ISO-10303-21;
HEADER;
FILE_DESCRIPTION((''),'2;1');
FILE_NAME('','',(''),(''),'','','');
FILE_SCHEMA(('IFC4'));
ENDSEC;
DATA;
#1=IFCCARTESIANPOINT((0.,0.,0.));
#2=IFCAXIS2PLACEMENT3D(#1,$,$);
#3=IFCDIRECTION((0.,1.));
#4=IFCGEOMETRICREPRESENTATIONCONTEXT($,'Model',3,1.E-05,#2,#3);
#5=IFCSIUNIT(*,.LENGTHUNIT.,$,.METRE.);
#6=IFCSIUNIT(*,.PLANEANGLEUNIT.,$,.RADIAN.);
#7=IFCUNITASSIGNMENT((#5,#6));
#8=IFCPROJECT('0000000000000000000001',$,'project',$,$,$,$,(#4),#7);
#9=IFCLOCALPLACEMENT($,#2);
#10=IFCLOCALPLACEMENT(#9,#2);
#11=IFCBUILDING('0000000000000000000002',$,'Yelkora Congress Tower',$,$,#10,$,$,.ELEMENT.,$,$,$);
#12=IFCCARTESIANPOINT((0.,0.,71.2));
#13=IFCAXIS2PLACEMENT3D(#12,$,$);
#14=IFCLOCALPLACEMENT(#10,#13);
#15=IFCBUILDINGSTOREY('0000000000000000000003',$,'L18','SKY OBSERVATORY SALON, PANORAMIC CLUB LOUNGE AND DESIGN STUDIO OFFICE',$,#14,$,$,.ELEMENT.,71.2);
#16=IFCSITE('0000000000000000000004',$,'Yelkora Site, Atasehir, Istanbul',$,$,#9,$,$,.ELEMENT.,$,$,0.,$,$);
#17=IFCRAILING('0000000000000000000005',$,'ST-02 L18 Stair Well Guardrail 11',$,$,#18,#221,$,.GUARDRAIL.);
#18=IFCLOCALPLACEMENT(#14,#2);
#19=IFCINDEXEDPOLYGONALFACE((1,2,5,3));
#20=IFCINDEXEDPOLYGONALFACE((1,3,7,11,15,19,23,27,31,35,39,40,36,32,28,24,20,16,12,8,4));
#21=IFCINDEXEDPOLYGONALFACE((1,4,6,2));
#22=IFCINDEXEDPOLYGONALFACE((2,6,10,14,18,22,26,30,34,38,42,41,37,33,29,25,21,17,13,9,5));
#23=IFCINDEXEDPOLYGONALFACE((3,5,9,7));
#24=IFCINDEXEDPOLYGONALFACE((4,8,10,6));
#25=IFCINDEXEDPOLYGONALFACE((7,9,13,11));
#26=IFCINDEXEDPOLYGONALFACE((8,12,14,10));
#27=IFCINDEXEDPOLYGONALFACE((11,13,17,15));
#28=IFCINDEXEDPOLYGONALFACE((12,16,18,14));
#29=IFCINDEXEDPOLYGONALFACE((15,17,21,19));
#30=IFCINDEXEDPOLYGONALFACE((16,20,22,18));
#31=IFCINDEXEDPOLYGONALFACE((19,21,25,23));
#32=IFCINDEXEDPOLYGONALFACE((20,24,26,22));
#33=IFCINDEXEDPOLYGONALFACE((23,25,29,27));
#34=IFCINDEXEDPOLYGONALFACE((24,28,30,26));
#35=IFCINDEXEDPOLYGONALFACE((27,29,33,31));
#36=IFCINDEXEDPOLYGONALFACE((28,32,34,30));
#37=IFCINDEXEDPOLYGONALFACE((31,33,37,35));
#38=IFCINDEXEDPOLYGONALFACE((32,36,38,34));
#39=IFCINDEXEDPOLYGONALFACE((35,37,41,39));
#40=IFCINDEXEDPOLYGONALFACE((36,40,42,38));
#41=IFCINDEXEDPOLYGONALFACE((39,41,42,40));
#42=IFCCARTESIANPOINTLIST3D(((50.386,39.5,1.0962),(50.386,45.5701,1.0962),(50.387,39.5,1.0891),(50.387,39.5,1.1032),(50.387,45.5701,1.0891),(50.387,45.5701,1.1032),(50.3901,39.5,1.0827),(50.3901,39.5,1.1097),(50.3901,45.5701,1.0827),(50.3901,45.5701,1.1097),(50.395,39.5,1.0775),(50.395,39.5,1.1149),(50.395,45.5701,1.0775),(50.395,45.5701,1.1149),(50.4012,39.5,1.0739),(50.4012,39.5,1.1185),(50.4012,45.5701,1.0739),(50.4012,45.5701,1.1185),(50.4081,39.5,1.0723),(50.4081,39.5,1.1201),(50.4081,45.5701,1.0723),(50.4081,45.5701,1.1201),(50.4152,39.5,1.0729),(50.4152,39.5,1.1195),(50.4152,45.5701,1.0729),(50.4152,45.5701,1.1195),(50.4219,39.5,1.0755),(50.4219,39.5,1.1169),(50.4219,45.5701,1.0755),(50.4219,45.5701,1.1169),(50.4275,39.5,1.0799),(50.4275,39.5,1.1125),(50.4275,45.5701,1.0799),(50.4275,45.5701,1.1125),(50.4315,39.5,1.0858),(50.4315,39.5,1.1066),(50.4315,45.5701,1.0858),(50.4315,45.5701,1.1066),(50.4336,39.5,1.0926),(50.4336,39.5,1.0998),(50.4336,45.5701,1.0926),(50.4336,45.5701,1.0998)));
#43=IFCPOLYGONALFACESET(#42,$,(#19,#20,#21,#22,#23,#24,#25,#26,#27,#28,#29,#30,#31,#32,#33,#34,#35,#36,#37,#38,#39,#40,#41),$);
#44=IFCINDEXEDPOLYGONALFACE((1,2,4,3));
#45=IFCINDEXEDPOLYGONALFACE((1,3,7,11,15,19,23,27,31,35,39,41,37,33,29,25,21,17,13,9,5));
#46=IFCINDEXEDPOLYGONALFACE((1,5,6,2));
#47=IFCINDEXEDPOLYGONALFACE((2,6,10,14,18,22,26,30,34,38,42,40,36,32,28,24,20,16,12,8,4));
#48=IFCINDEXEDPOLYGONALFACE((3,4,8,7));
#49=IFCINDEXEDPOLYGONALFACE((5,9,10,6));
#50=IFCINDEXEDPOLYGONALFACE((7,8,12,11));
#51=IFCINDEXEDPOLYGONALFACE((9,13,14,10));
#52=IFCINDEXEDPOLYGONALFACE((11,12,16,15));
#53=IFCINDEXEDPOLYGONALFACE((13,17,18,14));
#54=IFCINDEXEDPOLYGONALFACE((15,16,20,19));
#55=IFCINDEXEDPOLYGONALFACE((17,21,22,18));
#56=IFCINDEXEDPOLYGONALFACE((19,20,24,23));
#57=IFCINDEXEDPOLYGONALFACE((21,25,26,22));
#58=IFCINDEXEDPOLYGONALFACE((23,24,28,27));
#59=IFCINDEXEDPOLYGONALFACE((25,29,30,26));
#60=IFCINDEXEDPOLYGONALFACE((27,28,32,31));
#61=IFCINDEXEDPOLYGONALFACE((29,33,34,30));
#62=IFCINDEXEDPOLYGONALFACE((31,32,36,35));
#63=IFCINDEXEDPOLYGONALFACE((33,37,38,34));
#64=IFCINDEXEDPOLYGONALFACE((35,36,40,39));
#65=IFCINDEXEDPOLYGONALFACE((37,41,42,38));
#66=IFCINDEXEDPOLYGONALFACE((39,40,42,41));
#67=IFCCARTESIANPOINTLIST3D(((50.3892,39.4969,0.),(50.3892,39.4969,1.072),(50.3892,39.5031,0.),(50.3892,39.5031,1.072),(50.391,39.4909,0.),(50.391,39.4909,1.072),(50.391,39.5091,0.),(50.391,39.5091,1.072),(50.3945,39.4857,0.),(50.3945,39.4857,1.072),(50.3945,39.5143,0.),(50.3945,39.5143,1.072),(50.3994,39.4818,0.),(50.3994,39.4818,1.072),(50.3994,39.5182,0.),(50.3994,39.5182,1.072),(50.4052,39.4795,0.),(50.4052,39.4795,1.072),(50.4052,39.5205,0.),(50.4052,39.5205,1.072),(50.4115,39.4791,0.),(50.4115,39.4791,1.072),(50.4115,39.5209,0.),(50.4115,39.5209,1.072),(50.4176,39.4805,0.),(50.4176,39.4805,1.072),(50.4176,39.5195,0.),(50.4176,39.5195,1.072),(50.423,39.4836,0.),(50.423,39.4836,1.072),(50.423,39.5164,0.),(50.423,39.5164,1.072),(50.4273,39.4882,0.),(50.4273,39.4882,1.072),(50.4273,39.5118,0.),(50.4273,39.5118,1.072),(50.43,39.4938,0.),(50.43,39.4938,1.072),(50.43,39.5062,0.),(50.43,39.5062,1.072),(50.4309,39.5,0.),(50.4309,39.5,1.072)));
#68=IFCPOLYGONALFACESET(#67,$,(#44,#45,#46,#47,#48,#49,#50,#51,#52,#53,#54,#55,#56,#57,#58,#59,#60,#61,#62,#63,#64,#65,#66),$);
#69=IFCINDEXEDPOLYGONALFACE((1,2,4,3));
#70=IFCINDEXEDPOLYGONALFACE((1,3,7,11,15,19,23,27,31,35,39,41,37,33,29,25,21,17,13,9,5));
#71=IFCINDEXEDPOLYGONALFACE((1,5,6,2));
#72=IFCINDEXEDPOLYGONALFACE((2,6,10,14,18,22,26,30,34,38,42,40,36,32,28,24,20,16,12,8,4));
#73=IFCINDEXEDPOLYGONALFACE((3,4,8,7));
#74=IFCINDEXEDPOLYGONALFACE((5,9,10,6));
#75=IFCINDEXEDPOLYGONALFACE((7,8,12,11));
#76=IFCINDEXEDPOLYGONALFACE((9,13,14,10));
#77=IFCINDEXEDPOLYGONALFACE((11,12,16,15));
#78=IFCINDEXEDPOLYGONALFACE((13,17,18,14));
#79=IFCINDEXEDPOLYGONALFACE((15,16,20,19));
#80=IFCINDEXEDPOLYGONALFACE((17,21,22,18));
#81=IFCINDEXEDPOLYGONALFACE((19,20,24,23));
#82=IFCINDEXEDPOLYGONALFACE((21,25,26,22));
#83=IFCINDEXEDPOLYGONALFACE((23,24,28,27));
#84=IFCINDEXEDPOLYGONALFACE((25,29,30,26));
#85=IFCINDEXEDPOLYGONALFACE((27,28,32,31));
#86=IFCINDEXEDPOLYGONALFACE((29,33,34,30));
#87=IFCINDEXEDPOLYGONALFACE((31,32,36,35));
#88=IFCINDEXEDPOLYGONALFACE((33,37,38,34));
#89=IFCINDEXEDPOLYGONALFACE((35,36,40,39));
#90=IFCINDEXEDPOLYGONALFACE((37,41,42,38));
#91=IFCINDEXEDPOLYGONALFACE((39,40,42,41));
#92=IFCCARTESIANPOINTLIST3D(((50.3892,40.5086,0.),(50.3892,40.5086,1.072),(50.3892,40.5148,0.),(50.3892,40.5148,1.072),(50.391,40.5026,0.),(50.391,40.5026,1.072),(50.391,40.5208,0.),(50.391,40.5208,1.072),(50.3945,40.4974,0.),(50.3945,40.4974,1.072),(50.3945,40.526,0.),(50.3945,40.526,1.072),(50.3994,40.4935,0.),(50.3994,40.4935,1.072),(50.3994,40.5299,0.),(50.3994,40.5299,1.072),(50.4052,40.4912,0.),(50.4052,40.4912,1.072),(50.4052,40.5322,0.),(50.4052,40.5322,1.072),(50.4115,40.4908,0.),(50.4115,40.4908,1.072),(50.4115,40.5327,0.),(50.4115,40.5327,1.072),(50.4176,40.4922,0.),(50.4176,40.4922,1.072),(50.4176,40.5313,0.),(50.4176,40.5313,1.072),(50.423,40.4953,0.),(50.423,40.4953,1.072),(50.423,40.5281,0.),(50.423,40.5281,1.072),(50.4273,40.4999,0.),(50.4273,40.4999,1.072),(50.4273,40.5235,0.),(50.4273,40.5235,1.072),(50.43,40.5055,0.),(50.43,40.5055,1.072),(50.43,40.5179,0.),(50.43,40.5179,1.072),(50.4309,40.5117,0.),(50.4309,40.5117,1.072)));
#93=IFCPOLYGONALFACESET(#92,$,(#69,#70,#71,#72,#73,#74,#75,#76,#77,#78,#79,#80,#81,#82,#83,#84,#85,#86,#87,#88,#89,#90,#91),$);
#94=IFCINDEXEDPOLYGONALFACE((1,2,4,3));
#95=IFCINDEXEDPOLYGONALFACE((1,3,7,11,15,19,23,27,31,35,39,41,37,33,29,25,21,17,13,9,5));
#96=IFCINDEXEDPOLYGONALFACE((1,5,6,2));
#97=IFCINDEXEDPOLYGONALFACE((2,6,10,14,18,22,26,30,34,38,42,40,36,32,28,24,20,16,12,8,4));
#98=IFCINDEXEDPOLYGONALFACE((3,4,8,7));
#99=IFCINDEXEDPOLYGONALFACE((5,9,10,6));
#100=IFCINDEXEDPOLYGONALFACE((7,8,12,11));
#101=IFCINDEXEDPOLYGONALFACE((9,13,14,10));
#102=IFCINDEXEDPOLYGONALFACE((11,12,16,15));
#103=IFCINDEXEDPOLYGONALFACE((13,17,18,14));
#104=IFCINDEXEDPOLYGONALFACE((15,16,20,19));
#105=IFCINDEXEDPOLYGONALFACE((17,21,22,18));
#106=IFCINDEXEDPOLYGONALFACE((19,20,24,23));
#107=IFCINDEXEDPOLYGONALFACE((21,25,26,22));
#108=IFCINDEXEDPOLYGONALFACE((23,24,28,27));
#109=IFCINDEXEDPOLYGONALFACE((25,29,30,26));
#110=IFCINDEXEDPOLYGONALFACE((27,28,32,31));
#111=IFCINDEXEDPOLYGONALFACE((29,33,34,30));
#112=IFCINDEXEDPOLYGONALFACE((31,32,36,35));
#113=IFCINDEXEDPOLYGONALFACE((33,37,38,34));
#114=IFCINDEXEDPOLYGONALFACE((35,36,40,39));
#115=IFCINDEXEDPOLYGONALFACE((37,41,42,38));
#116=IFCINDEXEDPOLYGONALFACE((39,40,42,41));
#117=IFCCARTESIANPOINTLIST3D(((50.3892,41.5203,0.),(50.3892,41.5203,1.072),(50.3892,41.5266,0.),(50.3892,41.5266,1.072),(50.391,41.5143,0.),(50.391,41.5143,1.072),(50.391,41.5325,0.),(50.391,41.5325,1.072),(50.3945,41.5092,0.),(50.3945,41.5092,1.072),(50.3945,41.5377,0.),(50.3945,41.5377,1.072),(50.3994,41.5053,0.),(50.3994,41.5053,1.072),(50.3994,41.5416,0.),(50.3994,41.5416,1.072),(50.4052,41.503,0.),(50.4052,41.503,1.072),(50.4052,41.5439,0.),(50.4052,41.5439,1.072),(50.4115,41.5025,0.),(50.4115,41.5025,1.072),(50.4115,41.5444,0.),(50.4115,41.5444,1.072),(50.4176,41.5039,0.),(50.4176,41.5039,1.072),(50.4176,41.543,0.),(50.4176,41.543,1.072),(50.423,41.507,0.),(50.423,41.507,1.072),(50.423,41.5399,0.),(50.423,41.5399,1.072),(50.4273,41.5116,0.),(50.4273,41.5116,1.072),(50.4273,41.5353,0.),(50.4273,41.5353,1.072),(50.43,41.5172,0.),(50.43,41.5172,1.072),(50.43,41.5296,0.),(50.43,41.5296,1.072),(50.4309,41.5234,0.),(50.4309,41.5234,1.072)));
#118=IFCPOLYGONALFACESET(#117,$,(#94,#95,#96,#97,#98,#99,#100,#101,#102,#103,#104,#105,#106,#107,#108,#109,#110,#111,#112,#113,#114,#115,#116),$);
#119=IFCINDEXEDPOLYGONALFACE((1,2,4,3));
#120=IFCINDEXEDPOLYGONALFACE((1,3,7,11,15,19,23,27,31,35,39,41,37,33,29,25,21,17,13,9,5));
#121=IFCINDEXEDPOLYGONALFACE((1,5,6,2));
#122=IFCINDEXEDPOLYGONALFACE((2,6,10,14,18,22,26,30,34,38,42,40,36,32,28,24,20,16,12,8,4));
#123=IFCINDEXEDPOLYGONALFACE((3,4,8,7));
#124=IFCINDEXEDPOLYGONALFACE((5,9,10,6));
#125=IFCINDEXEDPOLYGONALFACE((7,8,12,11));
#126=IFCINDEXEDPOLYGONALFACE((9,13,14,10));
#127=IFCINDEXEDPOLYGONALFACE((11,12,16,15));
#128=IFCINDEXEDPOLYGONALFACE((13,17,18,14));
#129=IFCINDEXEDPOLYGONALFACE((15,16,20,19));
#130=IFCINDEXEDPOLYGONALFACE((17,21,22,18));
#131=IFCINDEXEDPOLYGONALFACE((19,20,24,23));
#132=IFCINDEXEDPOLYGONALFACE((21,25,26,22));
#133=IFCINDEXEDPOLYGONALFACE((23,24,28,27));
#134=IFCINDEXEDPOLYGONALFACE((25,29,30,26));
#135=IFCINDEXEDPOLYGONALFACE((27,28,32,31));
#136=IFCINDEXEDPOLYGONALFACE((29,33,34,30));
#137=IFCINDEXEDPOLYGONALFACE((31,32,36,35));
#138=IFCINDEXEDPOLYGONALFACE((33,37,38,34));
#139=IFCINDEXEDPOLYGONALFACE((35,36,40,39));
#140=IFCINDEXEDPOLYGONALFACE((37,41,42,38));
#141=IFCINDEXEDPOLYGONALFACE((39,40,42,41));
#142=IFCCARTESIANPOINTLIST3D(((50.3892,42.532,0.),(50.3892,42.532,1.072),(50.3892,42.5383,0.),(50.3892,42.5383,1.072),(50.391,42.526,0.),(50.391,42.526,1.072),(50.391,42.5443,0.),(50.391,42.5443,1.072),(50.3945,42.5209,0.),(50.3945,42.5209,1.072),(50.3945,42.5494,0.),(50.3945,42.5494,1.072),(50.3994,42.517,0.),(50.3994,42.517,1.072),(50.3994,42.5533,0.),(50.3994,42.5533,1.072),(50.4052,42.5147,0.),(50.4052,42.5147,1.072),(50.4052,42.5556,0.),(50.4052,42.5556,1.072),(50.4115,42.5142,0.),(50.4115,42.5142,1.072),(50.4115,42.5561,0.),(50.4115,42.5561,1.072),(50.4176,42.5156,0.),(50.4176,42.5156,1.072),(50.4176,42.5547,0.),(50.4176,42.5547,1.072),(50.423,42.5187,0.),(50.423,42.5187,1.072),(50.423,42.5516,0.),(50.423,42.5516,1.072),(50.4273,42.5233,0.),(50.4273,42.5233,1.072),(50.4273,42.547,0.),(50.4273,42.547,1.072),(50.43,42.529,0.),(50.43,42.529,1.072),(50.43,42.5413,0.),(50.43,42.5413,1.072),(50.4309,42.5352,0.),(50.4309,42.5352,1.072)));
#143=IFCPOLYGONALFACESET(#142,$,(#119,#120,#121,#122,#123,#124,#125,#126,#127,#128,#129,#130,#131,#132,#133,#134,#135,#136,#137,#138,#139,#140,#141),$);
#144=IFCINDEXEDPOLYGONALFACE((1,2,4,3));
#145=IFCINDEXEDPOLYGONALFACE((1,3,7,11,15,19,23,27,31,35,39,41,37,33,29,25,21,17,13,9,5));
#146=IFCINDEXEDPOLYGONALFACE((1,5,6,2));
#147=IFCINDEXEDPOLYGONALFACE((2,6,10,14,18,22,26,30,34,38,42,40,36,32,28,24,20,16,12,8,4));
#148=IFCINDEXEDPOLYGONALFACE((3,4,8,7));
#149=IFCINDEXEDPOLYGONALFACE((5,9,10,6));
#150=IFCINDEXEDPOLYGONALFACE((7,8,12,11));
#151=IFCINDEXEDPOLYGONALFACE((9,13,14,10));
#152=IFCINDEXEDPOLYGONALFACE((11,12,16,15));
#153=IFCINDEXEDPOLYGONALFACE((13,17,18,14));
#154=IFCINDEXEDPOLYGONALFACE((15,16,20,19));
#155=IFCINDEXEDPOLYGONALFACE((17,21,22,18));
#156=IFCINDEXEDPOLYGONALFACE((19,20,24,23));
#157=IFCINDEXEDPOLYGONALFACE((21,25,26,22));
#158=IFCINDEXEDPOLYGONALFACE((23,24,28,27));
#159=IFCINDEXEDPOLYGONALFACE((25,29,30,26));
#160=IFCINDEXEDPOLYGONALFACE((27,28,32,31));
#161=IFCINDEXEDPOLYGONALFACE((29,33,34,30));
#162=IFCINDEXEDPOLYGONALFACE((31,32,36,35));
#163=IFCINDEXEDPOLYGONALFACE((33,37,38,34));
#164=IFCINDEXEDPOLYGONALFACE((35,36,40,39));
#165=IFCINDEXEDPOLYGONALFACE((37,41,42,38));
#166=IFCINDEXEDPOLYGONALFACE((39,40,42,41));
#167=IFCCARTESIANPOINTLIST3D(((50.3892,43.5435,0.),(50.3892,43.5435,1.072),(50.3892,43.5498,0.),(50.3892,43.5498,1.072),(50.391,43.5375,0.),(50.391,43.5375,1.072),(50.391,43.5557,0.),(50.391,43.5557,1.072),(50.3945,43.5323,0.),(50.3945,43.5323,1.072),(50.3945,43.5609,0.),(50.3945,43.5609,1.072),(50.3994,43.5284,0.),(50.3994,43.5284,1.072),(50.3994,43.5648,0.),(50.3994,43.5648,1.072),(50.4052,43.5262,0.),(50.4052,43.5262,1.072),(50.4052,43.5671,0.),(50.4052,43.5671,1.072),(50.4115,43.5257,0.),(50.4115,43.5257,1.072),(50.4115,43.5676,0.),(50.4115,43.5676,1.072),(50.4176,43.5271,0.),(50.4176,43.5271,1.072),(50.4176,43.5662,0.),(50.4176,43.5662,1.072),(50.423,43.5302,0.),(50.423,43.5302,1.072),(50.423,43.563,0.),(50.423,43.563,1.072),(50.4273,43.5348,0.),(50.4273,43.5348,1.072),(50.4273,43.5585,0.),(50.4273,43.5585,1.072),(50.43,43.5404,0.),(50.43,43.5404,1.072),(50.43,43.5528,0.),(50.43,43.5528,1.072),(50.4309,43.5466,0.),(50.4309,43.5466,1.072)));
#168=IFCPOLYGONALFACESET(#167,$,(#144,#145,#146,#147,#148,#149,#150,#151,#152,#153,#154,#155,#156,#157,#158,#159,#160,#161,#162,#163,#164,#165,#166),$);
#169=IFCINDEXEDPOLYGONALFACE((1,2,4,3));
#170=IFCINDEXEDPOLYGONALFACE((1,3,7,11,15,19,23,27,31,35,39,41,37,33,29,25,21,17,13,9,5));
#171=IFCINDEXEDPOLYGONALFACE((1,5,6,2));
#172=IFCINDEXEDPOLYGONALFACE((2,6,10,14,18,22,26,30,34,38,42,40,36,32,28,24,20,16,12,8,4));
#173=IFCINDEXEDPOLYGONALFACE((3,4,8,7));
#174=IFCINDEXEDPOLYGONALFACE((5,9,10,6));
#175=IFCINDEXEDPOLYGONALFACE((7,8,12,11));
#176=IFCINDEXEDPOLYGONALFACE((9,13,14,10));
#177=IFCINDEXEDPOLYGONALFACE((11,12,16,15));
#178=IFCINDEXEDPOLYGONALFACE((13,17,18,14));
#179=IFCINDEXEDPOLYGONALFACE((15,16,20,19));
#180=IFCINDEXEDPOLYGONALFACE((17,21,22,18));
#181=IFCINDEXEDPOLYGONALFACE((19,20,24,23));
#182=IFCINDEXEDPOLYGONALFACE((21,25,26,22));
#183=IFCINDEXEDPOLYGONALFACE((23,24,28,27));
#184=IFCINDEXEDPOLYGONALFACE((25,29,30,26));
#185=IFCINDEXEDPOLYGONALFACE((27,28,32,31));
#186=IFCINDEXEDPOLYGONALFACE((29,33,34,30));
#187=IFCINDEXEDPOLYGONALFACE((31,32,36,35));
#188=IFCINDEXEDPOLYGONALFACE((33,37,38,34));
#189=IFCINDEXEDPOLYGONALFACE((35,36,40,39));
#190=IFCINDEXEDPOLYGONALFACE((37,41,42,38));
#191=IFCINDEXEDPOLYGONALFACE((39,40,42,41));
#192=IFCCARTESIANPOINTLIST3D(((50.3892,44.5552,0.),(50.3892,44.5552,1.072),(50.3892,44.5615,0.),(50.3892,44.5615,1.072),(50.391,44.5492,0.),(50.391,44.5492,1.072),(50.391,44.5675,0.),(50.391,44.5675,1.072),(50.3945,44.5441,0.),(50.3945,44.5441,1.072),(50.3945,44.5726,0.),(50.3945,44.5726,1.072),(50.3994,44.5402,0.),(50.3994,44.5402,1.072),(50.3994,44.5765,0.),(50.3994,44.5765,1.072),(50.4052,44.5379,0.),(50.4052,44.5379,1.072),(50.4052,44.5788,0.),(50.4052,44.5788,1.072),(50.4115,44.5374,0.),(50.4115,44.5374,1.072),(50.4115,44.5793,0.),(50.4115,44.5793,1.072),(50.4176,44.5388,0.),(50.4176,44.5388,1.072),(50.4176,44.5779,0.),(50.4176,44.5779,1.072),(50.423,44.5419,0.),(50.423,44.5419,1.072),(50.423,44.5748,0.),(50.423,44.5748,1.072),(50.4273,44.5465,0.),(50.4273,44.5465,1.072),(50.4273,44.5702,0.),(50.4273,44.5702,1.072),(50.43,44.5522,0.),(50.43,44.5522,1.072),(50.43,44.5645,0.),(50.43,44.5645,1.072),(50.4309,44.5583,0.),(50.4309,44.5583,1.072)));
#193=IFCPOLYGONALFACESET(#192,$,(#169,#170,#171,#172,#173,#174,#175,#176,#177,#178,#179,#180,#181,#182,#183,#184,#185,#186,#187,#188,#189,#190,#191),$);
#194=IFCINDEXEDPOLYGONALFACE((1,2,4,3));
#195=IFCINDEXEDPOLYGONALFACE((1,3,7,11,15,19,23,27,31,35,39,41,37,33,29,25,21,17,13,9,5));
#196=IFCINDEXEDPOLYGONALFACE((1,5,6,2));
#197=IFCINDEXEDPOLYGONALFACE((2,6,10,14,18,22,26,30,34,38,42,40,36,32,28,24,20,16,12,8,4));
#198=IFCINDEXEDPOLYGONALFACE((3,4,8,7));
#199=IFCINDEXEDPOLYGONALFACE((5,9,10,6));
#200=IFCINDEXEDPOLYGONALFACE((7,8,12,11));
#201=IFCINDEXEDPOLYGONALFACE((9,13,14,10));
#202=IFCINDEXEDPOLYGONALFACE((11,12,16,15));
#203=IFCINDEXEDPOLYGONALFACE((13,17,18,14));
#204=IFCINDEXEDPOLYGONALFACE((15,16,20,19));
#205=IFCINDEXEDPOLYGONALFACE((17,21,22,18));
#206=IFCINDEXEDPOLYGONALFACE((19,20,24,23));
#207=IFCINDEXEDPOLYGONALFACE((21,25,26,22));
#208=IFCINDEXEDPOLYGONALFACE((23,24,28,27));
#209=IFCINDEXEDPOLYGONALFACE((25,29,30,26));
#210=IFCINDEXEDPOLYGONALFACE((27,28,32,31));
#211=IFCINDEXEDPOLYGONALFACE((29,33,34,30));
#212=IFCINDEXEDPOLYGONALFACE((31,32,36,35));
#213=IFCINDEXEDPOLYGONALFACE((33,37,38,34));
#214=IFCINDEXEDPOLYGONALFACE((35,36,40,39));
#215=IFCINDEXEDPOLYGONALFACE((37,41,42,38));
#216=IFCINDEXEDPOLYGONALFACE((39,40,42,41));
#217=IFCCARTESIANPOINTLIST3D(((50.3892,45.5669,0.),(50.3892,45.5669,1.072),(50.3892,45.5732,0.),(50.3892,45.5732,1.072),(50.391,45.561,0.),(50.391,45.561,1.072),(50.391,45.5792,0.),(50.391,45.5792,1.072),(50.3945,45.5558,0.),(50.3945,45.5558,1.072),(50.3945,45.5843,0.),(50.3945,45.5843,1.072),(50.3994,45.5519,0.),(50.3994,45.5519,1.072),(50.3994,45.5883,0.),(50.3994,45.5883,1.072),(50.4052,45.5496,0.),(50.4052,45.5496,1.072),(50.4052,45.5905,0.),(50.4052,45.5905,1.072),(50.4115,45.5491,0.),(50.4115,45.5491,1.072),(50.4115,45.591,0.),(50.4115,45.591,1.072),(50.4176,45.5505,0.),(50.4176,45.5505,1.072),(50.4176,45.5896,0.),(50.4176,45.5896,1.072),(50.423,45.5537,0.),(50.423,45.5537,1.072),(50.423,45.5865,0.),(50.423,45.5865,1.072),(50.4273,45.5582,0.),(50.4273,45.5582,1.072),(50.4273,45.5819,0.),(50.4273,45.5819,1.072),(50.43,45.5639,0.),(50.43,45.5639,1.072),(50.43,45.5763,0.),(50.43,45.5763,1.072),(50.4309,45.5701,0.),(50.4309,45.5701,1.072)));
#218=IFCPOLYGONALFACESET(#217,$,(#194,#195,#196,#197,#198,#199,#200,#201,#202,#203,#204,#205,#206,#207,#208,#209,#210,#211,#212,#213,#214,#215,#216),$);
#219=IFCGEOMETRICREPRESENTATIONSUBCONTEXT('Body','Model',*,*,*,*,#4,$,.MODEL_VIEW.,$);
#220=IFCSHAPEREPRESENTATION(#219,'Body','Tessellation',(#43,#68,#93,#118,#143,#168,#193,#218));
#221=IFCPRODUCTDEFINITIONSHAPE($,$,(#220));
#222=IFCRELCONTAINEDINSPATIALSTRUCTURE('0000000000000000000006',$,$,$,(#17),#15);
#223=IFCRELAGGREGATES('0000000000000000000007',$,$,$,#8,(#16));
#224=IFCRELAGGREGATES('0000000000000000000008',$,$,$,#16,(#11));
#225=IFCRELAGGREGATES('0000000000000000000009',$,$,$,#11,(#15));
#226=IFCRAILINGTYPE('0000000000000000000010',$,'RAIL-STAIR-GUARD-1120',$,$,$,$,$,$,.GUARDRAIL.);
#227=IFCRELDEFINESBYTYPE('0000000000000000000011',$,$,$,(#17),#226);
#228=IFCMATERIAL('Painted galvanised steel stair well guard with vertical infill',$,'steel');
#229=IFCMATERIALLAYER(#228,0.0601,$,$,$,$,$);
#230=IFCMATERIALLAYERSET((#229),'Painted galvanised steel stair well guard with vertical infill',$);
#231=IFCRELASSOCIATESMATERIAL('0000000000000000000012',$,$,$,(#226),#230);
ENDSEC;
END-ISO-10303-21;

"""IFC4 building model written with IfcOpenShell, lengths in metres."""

from ifc_helpers import new_model, si_unit, direction, frame, origin, origin_2d, place, context, subcontext, project, spatial, circle, extrude, material, layer, layer_set, type_object, element, save


model = new_model("IFC4")

# Units and contexts
model_context = context("Model", 3, precision=1e-05, world=origin(), true_north=direction((0.0, 1.0)))
body_context = subcontext(model_context, "Body", "Model", "MODEL_VIEW")
ifc_project = project(units=[si_unit("LENGTHUNIT", "METRE"), si_unit("PLANEANGLEUNIT", "RADIAN")], contexts=[model_context])

# Site, building, storey
site_placement = place(None, origin())
site = spatial("IfcSite", under=ifc_project, at=site_placement, Name="Yelkora Site, Atasehir, Istanbul", CompositionType="ELEMENT", RefElevation=0.0)
building_placement = place(site_placement, origin())
building = spatial("IfcBuilding", under=site, at=building_placement, Name="Yelkora Congress Tower", CompositionType="ELEMENT")
storey_placement = place(building_placement, frame((0.0, 0.0, 71.2)))
storey = spatial("IfcBuildingStorey", under=building, at=storey_placement, Name="L18", Description="SKY OBSERVATORY SALON, PANORAMIC CLUB LOUNGE AND DESIGN STUDIO OFFICE", CompositionType="ELEMENT", Elevation=71.2)

# Railing
ifc_material_1 = material(Name="Painted galvanised steel stair well guard with vertical infill", Category="steel")
ifc_layer_1 = layer(ifc_material_1, 0.0601)
ifc_layer_set_1 = layer_set([ifc_layer_1], Name="Painted galvanised steel stair well guard with vertical infill")
railing_type_1 = type_object("IfcRailingType", Name="RAIL-STAIR-GUARD-1120", PredefinedType="GUARDRAIL", material=ifc_layer_set_1)
railing_1_placement = place(storey_placement, frame((50.4099, 39.5, 0.0)))
element("IfcRailing", 1, at=railing_1_placement, inside=storey, type_object=railing_type_1, Name="ST-02 L18 Stair Well Guardrail 11", PredefinedType="GUARDRAIL", context=body_context, shape_type="SweptSolid", body=[
    extrude(circle(Radius=0.0239, at=origin_2d()), frame((0.0, 0.0, 1.0962), z_axis=(0.0, 1.0, 0.0), x_axis=(-1.0, 0.0, 0.0)), (0.0, 0.0, 1.0), 6.0701),
    extrude(circle(Radius=0.021, at=origin_2d()), origin(), (0.0, 0.0, 1.0), 1.072),
    extrude(circle(Radius=0.021, at=origin_2d()), frame((0.0, 1.0117, 0.0)), (0.0, 0.0, 1.0), 1.072),
    extrude(circle(Radius=0.021, at=origin_2d()), frame((0.0, 2.0234, 0.0)), (0.0, 0.0, 1.0), 1.072),
    extrude(circle(Radius=0.021, at=origin_2d()), frame((0.0, 3.0352, 0.0)), (0.0, 0.0, 1.0), 1.072),
    extrude(circle(Radius=0.021, at=origin_2d()), frame((0.0, 4.0466, 0.0)), (0.0, 0.0, 1.0), 1.072),
    extrude(circle(Radius=0.021, at=origin_2d()), frame((0.0, 5.0583, 0.0)), (0.0, 0.0, 1.0), 1.072),
    extrude(circle(Radius=0.021, at=origin_2d()), frame((0.0, 6.0701, 0.0)), (0.0, 0.0, 1.0), 1.072),
])

save(model, "model.ifc")
